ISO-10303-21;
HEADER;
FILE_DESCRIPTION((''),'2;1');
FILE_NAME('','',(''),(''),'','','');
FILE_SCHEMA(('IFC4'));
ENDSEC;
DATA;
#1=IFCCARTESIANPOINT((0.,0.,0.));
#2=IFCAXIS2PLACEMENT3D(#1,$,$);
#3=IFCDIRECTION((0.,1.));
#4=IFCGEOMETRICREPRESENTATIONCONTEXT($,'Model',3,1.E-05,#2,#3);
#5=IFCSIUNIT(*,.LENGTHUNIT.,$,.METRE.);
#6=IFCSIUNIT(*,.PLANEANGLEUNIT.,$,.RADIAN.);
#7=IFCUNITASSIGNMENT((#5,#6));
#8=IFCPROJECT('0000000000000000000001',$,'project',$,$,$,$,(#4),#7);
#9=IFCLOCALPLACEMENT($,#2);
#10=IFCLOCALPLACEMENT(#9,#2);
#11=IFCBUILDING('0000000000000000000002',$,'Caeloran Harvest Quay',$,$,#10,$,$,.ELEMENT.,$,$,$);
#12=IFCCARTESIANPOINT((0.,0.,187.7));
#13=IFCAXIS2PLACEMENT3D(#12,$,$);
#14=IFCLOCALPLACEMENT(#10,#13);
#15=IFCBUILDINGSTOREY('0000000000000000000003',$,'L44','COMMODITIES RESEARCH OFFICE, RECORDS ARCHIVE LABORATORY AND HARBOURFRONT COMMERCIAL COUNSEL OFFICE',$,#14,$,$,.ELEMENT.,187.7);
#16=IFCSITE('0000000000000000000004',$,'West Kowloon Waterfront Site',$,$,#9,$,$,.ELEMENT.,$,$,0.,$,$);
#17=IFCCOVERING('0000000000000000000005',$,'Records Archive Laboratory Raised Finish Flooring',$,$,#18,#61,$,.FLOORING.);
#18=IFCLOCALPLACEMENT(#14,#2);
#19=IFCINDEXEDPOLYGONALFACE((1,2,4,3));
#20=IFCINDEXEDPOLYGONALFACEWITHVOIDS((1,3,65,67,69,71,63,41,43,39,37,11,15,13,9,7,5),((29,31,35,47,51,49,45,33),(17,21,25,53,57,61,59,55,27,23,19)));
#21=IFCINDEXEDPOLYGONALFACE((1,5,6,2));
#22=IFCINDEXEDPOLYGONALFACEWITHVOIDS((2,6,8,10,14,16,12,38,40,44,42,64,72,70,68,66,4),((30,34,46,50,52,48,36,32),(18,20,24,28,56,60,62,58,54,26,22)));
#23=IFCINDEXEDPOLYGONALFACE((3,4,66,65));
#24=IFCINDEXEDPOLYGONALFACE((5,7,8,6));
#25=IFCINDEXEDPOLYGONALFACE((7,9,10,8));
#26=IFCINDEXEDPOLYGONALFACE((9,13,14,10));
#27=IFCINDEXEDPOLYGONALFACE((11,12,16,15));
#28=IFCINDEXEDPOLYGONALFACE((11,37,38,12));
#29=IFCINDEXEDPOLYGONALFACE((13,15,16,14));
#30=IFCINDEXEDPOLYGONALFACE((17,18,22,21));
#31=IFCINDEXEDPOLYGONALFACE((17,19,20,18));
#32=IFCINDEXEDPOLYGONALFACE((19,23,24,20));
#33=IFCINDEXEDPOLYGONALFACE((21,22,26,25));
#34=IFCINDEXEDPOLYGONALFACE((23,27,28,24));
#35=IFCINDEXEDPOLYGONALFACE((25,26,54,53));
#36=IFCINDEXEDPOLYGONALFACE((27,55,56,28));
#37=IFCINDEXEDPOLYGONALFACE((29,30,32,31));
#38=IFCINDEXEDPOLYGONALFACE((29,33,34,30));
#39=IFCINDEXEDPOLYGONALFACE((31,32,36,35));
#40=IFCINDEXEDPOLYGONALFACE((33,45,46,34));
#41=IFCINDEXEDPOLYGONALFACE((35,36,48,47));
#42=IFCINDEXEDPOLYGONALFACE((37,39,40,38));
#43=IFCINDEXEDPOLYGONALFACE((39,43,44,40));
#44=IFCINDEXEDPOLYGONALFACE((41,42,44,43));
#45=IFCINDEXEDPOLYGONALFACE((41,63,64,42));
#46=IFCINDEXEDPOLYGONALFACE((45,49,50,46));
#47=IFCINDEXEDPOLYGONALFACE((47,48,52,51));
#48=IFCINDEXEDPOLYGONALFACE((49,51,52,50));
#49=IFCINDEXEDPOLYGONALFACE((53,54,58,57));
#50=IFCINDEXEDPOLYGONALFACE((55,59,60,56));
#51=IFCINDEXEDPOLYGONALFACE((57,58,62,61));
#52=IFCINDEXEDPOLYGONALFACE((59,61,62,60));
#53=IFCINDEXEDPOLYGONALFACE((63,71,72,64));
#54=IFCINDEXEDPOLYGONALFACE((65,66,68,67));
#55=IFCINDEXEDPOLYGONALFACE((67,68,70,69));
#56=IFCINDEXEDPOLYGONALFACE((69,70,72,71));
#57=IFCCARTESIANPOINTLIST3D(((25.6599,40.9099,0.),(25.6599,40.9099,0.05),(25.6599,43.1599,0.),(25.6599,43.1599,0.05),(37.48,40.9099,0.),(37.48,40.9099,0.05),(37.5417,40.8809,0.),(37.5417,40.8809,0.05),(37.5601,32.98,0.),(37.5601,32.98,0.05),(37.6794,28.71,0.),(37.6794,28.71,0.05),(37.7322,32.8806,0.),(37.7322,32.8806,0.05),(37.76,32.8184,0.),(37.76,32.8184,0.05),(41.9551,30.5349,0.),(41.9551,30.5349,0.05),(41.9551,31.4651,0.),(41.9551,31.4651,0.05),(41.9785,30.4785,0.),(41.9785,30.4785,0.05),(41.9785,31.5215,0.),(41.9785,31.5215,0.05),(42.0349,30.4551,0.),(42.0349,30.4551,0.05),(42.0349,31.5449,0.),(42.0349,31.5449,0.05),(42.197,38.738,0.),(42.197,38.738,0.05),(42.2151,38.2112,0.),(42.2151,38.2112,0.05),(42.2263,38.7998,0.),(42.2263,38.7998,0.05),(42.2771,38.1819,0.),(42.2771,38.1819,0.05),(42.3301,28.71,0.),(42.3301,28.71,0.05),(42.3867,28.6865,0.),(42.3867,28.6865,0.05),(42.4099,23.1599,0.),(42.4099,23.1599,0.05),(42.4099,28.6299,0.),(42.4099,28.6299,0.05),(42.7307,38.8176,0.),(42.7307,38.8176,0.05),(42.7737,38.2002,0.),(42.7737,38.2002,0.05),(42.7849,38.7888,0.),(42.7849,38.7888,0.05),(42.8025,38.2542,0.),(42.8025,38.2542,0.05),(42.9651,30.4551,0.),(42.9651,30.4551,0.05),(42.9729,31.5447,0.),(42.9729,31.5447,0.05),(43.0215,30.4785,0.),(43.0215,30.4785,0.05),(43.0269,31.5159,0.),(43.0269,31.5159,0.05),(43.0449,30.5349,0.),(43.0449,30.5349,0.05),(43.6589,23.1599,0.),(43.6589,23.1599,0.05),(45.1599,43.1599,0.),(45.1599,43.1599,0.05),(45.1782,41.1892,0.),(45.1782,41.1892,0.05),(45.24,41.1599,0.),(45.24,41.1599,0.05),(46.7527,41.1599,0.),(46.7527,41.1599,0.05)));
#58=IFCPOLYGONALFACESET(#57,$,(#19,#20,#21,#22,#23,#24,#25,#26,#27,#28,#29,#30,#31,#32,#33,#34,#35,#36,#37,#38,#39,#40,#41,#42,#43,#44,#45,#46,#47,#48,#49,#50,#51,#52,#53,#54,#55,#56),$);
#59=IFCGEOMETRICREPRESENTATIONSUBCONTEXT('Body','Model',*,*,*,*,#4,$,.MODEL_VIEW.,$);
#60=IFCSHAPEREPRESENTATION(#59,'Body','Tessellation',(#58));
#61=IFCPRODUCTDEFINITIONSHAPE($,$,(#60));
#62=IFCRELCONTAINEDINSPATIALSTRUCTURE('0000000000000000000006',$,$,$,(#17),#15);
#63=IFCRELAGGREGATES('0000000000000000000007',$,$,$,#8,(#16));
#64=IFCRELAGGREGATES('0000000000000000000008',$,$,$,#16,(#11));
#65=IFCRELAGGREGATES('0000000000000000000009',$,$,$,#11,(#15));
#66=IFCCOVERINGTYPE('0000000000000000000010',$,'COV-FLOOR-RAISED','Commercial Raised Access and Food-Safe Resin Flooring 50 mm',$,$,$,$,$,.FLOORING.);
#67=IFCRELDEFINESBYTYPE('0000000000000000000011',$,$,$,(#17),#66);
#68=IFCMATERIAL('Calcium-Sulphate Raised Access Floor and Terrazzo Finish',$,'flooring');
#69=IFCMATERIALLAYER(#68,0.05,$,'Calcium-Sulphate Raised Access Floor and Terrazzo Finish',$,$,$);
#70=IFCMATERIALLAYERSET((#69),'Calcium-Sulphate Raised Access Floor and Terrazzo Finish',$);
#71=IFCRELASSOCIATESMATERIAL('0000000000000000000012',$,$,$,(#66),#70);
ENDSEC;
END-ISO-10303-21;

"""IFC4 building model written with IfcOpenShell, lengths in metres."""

from ifc_helpers import new_model, si_unit, direction, frame, origin, place, context, subcontext, project, spatial, polyline, outline, extrude, material, layer, layer_set, type_object, element, save


model = new_model("IFC4")

# Units and contexts
model_context = context("Model", 3, precision=1e-05, world=origin(), true_north=direction((0.0, 1.0)))
body_context = subcontext(model_context, "Body", "Model", "MODEL_VIEW")
ifc_project = project(units=[si_unit("LENGTHUNIT", "METRE"), si_unit("PLANEANGLEUNIT", "RADIAN")], contexts=[model_context])

# Site, building, storey
site_placement = place(None, origin())
site = spatial("IfcSite", under=ifc_project, at=site_placement, Name="West Kowloon Waterfront Site", CompositionType="ELEMENT", RefElevation=0.0)
building_placement = place(site_placement, origin())
building = spatial("IfcBuilding", under=site, at=building_placement, Name="Caeloran Harvest Quay", CompositionType="ELEMENT")
storey_placement = place(building_placement, frame((0.0, 0.0, 187.7)))
storey = spatial("IfcBuildingStorey", under=building, at=storey_placement, Name="L44", Description="COMMODITIES RESEARCH OFFICE, RECORDS ARCHIVE LABORATORY AND HARBOURFRONT COMMERCIAL COUNSEL OFFICE", CompositionType="ELEMENT", Elevation=187.7)

# Covering
ifc_material_1 = material(Name="Calcium-Sulphate Raised Access Floor and Terrazzo Finish", Category="flooring")
ifc_layer_1 = layer(ifc_material_1, 0.05, Name="Calcium-Sulphate Raised Access Floor and Terrazzo Finish")
ifc_layer_set_1 = layer_set([ifc_layer_1], Name="Calcium-Sulphate Raised Access Floor and Terrazzo Finish")
covering_type_1 = type_object("IfcCoveringType", Name="COV-FLOOR-RAISED", Description="Commercial Raised Access and Food-Safe Resin Flooring 50 mm", PredefinedType="FLOORING", material=ifc_layer_set_1)
covering_1_placement = place(storey_placement, origin())
element("IfcCovering", 1, at=covering_1_placement, inside=storey, type_object=covering_type_1, Name="Records Archive Laboratory Raised Finish Flooring", PredefinedType="FLOORING", context=body_context, shape_type="SweptSolid", body=[
    extrude(outline(polyline([(25.6599, 43.1599), (45.1599, 43.1599), (45.1782, 41.1892), (45.24, 41.1599), (46.7527, 41.1599), (43.6589, 23.1599), (42.4099, 23.1599), (42.4099, 28.6299), (42.3867, 28.6865), (42.3301, 28.71), (37.6794, 28.71), (37.76, 32.8184), (37.7322, 32.8806), (37.5601, 32.98), (37.5417, 40.8809), (37.48, 40.9099), (25.6599, 40.9099), (25.6599, 43.1599)]), holes=[polyline([(43.0449, 30.5349), (43.0269, 31.5159), (42.9729, 31.5447), (42.0349, 31.5449), (41.9785, 31.5215), (41.9551, 31.4651), (41.9551, 30.5349), (41.9785, 30.4785), (42.0349, 30.4551), (42.9651, 30.4551), (43.0215, 30.4785), (43.0449, 30.5349)]), polyline([(42.8025, 38.2542), (42.7849, 38.7888), (42.7307, 38.8176), (42.2263, 38.7998), (42.197, 38.738), (42.2151, 38.2112), (42.2771, 38.1819), (42.7737, 38.2002), (42.8025, 38.2542)])]), origin(), (0.0, 0.0, 1.0), 0.05),
])

save(model, "model.ifc")
